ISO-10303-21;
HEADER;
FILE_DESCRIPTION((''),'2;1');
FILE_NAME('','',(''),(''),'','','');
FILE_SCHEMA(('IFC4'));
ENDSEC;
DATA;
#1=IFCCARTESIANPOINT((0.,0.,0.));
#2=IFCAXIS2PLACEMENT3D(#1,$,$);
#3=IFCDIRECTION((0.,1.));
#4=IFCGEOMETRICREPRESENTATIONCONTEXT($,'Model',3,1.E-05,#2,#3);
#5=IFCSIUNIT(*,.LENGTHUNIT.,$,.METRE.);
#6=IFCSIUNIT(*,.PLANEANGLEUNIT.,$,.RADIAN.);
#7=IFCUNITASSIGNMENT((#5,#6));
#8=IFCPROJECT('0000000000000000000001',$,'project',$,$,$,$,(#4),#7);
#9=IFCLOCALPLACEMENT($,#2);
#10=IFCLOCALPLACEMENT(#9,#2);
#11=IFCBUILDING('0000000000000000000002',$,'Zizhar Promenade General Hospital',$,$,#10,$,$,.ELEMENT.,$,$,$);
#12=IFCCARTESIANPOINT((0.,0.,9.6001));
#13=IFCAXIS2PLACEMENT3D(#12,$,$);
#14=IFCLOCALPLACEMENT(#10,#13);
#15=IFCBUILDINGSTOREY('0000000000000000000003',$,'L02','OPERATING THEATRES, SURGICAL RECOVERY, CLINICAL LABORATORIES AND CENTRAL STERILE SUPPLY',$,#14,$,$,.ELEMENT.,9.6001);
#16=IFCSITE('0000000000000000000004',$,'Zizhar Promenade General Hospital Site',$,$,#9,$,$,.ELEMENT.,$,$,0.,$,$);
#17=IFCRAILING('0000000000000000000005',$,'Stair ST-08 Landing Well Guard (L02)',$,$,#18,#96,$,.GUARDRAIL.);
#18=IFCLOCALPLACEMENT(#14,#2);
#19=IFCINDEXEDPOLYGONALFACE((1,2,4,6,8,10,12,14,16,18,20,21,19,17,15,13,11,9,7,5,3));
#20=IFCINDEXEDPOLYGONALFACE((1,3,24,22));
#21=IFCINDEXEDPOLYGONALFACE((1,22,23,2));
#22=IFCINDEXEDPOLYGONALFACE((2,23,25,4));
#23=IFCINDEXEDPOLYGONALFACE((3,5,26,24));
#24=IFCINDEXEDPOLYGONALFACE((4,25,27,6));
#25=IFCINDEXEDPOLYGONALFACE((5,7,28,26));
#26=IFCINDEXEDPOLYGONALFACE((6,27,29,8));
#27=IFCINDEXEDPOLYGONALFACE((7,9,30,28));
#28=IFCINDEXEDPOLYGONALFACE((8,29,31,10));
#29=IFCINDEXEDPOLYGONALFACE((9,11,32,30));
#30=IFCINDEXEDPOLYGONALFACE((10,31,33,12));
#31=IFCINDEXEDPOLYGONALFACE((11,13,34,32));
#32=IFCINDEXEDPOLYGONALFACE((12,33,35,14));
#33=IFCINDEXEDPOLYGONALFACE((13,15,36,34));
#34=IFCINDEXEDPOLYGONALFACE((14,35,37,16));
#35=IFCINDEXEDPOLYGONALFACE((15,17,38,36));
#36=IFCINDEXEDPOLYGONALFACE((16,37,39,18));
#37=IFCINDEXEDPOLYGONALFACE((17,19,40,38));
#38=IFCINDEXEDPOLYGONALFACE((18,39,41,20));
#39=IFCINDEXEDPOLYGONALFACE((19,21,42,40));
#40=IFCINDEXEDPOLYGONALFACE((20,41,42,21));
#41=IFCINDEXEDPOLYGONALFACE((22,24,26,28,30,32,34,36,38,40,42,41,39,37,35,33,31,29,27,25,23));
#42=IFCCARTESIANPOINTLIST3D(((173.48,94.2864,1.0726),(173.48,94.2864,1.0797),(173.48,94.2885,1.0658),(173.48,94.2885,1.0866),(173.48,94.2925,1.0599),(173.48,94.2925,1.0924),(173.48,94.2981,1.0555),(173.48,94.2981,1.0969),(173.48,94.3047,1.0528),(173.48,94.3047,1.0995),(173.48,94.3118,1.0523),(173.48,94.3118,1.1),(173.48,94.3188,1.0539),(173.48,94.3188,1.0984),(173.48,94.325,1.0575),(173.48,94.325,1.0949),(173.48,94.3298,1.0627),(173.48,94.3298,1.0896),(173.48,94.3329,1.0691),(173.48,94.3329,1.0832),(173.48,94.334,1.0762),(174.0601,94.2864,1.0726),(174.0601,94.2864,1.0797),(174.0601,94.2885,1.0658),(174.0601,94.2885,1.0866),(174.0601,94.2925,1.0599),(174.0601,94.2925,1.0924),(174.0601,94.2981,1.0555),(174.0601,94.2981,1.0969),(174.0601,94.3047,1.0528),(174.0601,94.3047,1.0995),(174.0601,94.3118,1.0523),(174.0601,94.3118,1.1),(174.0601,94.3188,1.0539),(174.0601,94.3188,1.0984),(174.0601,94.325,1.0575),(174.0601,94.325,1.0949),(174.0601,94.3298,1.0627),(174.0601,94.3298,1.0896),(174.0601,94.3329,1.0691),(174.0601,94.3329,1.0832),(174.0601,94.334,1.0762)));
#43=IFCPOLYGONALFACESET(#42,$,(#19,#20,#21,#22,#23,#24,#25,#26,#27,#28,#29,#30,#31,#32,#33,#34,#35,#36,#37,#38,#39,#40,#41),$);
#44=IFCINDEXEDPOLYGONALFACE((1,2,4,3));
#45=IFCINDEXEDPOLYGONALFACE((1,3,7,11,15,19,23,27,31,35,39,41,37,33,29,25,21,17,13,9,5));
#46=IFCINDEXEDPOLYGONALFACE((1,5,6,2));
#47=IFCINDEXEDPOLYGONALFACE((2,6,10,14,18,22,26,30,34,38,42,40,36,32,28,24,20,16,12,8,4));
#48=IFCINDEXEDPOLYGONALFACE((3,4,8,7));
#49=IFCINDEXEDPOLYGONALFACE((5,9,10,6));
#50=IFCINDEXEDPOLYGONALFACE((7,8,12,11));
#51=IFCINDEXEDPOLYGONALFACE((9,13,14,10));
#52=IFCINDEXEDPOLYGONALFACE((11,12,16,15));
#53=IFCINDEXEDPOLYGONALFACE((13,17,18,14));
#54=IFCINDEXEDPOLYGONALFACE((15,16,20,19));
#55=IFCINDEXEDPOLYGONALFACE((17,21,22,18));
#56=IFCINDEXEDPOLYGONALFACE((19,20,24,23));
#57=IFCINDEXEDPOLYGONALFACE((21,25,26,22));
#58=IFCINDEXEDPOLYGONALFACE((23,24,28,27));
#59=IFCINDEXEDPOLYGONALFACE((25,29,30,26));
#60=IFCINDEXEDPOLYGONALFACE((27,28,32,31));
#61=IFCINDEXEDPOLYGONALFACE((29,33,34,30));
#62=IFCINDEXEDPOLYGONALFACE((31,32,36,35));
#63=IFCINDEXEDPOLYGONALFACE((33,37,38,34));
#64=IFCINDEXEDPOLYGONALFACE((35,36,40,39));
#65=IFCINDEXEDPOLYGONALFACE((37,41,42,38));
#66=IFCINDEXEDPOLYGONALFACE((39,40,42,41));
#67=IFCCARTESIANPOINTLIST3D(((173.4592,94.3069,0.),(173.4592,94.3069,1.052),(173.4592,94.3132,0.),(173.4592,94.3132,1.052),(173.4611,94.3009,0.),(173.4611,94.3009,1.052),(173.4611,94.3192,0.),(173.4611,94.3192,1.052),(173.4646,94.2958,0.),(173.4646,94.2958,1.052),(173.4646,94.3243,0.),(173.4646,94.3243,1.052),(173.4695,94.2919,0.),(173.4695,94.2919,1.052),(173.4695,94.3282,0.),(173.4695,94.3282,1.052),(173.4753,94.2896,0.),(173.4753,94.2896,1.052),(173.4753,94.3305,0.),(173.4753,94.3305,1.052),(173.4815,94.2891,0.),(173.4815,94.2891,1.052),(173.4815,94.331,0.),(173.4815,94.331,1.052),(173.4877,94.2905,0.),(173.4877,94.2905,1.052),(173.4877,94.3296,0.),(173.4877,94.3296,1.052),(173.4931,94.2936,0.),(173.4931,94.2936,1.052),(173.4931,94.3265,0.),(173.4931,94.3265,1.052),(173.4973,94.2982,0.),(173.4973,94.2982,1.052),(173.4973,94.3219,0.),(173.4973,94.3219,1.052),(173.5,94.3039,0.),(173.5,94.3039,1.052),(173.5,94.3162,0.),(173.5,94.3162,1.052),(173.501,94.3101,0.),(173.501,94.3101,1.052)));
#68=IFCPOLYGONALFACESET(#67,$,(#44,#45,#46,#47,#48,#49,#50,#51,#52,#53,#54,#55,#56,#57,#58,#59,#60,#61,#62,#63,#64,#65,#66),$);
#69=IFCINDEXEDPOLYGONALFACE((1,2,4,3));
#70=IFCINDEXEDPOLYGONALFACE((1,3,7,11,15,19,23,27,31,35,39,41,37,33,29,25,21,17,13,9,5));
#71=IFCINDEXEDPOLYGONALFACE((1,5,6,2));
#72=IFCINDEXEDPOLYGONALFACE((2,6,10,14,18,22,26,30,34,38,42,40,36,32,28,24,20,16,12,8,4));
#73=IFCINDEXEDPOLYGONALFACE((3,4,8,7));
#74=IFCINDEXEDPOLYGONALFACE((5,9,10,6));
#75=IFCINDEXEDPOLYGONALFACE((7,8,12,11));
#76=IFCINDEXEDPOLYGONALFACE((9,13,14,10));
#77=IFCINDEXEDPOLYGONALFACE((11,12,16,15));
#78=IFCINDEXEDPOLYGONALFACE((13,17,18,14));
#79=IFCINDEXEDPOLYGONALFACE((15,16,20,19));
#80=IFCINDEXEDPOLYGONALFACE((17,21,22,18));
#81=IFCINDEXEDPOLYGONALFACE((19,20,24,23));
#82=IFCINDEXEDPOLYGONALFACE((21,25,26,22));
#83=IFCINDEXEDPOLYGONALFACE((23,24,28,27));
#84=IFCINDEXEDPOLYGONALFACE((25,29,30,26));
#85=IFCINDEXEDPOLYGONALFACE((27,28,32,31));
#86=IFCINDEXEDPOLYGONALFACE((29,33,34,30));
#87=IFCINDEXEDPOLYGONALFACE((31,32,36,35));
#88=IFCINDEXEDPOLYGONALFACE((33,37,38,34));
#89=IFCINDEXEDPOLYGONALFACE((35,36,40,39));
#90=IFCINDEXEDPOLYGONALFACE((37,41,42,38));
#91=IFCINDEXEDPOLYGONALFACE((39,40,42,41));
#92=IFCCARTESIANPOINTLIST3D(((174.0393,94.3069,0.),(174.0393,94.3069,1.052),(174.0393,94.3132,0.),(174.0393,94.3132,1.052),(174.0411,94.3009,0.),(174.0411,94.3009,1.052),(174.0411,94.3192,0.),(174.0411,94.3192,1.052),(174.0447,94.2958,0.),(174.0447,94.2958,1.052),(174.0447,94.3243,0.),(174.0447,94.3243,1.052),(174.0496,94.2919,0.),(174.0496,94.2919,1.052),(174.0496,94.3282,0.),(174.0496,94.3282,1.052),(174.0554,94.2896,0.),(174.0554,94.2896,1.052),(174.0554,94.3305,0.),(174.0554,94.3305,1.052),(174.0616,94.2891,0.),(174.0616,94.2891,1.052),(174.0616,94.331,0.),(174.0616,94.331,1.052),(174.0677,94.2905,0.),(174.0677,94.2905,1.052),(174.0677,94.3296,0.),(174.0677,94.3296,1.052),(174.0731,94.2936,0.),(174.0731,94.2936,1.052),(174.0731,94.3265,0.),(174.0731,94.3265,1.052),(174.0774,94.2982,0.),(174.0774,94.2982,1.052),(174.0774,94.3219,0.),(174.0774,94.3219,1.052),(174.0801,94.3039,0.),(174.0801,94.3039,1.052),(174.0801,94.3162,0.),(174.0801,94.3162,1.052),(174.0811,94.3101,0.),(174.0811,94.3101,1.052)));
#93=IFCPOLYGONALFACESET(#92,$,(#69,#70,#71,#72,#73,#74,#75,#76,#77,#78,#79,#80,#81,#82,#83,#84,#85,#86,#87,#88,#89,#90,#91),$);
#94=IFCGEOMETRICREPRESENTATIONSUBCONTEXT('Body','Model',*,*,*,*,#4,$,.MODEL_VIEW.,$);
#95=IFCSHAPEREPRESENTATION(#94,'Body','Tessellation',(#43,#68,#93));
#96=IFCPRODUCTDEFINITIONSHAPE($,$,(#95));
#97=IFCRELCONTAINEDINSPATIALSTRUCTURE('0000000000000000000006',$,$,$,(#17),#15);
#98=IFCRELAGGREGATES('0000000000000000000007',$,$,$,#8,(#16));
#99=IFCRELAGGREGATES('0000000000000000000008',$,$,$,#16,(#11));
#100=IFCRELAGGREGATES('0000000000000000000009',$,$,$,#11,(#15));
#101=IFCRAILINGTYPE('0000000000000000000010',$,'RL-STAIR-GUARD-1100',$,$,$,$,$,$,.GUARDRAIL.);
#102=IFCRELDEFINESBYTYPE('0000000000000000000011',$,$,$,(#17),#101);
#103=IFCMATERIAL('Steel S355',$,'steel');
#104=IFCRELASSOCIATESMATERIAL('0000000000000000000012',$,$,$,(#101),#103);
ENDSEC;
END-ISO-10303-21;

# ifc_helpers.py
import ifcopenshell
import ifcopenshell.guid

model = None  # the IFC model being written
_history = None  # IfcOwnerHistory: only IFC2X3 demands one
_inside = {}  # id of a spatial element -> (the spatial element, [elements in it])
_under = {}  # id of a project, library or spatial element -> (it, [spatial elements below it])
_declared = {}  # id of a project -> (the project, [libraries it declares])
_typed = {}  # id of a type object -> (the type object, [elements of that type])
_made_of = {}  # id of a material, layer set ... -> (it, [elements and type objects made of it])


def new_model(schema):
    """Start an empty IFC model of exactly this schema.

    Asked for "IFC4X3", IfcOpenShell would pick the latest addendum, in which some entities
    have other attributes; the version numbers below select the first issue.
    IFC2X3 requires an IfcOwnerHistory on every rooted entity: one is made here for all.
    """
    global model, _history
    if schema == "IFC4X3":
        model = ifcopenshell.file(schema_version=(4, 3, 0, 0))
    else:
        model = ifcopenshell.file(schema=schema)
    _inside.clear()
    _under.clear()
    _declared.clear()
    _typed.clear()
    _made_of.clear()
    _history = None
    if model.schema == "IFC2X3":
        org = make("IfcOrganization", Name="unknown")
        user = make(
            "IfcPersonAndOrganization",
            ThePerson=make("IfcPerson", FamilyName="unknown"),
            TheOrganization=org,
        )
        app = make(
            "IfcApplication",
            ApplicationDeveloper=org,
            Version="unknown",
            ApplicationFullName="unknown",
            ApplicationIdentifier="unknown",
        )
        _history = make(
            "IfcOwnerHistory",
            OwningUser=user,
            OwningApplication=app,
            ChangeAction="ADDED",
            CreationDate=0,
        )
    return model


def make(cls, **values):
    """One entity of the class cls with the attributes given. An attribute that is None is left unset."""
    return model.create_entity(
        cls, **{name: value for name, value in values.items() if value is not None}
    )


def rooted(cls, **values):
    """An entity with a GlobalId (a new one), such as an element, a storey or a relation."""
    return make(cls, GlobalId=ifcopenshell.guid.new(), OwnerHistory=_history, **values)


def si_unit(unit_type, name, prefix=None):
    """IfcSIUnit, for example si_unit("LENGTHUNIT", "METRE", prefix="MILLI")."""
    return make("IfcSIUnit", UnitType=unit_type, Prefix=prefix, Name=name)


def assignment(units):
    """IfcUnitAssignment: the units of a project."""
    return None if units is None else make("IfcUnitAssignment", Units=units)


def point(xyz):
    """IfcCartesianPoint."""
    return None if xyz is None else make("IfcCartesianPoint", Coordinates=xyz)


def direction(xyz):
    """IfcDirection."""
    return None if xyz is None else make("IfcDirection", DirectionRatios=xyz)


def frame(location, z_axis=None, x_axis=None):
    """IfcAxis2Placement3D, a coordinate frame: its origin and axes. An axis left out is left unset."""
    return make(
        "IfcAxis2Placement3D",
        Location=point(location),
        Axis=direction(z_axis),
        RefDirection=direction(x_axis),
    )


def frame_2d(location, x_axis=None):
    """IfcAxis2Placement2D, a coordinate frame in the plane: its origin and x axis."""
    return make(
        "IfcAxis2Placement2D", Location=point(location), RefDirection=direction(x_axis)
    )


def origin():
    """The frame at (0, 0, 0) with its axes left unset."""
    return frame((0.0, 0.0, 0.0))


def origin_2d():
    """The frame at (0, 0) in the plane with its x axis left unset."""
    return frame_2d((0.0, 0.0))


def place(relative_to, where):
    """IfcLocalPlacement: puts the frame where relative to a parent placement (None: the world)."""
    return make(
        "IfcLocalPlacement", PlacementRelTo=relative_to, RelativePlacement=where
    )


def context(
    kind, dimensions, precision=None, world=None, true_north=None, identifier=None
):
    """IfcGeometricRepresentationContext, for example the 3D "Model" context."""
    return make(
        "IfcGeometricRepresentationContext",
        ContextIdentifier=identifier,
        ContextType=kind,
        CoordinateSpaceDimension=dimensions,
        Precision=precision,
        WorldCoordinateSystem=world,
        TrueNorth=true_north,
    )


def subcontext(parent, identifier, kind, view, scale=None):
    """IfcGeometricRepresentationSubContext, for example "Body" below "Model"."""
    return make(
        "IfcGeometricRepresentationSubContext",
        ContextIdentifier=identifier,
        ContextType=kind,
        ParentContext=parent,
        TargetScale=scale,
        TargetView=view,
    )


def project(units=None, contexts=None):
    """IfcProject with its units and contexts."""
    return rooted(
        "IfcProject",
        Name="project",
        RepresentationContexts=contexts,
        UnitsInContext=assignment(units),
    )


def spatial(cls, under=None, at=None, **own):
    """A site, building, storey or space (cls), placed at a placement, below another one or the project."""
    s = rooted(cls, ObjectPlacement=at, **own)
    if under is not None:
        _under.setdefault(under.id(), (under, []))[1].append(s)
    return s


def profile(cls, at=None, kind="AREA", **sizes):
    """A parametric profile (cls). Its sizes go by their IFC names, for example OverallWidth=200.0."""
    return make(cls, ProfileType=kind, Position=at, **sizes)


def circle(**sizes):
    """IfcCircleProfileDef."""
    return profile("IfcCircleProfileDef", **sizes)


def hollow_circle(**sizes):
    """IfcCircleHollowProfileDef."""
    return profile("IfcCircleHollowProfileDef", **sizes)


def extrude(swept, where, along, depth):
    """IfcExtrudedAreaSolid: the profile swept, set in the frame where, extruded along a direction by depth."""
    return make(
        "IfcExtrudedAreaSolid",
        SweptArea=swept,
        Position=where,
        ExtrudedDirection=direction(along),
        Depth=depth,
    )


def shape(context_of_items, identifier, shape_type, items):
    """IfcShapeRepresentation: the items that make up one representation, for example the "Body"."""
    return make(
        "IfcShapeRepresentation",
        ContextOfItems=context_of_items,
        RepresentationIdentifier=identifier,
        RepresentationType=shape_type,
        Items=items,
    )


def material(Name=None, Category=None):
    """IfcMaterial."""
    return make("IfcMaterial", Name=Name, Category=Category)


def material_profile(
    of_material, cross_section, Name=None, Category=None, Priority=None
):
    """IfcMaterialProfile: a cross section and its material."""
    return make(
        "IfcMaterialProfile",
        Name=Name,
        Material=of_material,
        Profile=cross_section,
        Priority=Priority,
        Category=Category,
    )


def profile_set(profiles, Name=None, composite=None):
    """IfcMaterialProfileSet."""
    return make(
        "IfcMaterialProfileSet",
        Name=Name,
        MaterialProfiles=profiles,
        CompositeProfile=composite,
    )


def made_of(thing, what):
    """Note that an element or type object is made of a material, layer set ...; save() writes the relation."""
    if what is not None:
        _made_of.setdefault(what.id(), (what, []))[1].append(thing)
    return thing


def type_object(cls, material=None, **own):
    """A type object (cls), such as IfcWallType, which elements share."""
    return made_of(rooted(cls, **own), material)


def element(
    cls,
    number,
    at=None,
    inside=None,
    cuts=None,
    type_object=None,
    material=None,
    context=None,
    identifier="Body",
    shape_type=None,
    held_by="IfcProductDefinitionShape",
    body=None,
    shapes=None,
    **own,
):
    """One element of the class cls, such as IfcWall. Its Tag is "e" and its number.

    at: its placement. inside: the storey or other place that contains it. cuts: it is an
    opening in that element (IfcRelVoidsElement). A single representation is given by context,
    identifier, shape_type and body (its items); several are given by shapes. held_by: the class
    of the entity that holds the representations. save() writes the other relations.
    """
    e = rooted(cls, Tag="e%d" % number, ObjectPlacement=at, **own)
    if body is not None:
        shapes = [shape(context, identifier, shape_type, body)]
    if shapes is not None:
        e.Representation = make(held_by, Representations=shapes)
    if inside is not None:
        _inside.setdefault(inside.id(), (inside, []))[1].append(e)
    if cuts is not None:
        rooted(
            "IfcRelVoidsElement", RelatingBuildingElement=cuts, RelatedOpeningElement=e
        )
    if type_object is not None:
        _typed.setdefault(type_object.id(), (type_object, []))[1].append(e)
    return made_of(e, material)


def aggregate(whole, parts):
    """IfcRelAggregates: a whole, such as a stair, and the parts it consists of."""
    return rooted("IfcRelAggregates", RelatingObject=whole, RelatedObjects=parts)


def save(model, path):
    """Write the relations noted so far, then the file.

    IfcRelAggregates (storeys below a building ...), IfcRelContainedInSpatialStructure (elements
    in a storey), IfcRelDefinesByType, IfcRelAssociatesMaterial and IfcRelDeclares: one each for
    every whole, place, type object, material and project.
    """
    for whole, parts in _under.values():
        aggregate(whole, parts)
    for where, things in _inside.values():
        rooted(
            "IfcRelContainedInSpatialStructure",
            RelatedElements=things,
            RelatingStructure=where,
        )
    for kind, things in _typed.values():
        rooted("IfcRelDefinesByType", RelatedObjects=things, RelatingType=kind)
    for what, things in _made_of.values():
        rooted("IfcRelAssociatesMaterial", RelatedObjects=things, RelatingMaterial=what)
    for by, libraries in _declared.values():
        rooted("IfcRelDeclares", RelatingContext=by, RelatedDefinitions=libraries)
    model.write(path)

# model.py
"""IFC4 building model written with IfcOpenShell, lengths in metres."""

from ifc_helpers import new_model, si_unit, direction, frame, origin, origin_2d, place, context, subcontext, project, spatial, circle, hollow_circle, extrude, material, material_profile, profile_set, type_object, element, save


model = new_model("IFC4")

# Units and contexts
model_context = context("Model", 3, precision=1e-05, world=origin(), true_north=direction((0.0, 1.0)))
body_context = subcontext(model_context, "Body", "Model", "MODEL_VIEW")
ifc_project = project(units=[si_unit("LENGTHUNIT", "METRE"), si_unit("PLANEANGLEUNIT", "RADIAN")], contexts=[model_context])

# Site, building, storey
site_placement = place(None, origin())
site = spatial("IfcSite", under=ifc_project, at=site_placement, Name="Zizhar Promenade General Hospital Site", CompositionType="ELEMENT", RefElevation=0.0)
building_placement = place(site_placement, origin())
building = spatial("IfcBuilding", under=site, at=building_placement, Name="Zizhar Promenade General Hospital", CompositionType="ELEMENT")
storey_placement = place(building_placement, frame((0.0, 0.0, 9.6001)))
storey = spatial("IfcBuildingStorey", under=building, at=storey_placement, Name="L02", Description="OPERATING THEATRES, SURGICAL RECOVERY, CLINICAL LABORATORIES AND CENTRAL STERILE SUPPLY", CompositionType="ELEMENT", Elevation=9.6001)

# Railing
ifc_material_1 = material(Name="Steel S355", Category="steel")
ifc_material_profile_1 = material_profile(ifc_material_1, hollow_circle(Radius=0.0698, WallThickness=0.0063, at=origin_2d()))
ifc_profile_set_1 = profile_set([ifc_material_profile_1], Name="Steel S355")
railing_type_1 = type_object("IfcRailingType", Name="RL-STAIR-GUARD-1100", PredefinedType="GUARDRAIL", material=ifc_profile_set_1)
railing_1_placement = place(storey_placement, frame((173.48, 94.3101, 0.0)))
element("IfcRailing", 1, at=railing_1_placement, inside=storey, type_object=railing_type_1, Name="Stair ST-08 Landing Well Guard (L02)", PredefinedType="GUARDRAIL", context=body_context, shape_type="SweptSolid", body=[
    extrude(circle(Radius=0.0239, at=origin_2d()), frame((0.0, 0.0, 1.0762), z_axis=(1.0, 0.0, 0.0), x_axis=(0.0, 1.0, 0.0)), (0.0, 0.0, 1.0), 0.5801),
    extrude(circle(Radius=0.021, at=origin_2d()), origin(), (0.0, 0.0, 1.0), 1.052),
    extrude(circle(Radius=0.021, at=origin_2d()), frame((0.5801, 0.0, 0.0)), (0.0, 0.0, 1.0), 1.052),
])

save(model, "model.ifc")
